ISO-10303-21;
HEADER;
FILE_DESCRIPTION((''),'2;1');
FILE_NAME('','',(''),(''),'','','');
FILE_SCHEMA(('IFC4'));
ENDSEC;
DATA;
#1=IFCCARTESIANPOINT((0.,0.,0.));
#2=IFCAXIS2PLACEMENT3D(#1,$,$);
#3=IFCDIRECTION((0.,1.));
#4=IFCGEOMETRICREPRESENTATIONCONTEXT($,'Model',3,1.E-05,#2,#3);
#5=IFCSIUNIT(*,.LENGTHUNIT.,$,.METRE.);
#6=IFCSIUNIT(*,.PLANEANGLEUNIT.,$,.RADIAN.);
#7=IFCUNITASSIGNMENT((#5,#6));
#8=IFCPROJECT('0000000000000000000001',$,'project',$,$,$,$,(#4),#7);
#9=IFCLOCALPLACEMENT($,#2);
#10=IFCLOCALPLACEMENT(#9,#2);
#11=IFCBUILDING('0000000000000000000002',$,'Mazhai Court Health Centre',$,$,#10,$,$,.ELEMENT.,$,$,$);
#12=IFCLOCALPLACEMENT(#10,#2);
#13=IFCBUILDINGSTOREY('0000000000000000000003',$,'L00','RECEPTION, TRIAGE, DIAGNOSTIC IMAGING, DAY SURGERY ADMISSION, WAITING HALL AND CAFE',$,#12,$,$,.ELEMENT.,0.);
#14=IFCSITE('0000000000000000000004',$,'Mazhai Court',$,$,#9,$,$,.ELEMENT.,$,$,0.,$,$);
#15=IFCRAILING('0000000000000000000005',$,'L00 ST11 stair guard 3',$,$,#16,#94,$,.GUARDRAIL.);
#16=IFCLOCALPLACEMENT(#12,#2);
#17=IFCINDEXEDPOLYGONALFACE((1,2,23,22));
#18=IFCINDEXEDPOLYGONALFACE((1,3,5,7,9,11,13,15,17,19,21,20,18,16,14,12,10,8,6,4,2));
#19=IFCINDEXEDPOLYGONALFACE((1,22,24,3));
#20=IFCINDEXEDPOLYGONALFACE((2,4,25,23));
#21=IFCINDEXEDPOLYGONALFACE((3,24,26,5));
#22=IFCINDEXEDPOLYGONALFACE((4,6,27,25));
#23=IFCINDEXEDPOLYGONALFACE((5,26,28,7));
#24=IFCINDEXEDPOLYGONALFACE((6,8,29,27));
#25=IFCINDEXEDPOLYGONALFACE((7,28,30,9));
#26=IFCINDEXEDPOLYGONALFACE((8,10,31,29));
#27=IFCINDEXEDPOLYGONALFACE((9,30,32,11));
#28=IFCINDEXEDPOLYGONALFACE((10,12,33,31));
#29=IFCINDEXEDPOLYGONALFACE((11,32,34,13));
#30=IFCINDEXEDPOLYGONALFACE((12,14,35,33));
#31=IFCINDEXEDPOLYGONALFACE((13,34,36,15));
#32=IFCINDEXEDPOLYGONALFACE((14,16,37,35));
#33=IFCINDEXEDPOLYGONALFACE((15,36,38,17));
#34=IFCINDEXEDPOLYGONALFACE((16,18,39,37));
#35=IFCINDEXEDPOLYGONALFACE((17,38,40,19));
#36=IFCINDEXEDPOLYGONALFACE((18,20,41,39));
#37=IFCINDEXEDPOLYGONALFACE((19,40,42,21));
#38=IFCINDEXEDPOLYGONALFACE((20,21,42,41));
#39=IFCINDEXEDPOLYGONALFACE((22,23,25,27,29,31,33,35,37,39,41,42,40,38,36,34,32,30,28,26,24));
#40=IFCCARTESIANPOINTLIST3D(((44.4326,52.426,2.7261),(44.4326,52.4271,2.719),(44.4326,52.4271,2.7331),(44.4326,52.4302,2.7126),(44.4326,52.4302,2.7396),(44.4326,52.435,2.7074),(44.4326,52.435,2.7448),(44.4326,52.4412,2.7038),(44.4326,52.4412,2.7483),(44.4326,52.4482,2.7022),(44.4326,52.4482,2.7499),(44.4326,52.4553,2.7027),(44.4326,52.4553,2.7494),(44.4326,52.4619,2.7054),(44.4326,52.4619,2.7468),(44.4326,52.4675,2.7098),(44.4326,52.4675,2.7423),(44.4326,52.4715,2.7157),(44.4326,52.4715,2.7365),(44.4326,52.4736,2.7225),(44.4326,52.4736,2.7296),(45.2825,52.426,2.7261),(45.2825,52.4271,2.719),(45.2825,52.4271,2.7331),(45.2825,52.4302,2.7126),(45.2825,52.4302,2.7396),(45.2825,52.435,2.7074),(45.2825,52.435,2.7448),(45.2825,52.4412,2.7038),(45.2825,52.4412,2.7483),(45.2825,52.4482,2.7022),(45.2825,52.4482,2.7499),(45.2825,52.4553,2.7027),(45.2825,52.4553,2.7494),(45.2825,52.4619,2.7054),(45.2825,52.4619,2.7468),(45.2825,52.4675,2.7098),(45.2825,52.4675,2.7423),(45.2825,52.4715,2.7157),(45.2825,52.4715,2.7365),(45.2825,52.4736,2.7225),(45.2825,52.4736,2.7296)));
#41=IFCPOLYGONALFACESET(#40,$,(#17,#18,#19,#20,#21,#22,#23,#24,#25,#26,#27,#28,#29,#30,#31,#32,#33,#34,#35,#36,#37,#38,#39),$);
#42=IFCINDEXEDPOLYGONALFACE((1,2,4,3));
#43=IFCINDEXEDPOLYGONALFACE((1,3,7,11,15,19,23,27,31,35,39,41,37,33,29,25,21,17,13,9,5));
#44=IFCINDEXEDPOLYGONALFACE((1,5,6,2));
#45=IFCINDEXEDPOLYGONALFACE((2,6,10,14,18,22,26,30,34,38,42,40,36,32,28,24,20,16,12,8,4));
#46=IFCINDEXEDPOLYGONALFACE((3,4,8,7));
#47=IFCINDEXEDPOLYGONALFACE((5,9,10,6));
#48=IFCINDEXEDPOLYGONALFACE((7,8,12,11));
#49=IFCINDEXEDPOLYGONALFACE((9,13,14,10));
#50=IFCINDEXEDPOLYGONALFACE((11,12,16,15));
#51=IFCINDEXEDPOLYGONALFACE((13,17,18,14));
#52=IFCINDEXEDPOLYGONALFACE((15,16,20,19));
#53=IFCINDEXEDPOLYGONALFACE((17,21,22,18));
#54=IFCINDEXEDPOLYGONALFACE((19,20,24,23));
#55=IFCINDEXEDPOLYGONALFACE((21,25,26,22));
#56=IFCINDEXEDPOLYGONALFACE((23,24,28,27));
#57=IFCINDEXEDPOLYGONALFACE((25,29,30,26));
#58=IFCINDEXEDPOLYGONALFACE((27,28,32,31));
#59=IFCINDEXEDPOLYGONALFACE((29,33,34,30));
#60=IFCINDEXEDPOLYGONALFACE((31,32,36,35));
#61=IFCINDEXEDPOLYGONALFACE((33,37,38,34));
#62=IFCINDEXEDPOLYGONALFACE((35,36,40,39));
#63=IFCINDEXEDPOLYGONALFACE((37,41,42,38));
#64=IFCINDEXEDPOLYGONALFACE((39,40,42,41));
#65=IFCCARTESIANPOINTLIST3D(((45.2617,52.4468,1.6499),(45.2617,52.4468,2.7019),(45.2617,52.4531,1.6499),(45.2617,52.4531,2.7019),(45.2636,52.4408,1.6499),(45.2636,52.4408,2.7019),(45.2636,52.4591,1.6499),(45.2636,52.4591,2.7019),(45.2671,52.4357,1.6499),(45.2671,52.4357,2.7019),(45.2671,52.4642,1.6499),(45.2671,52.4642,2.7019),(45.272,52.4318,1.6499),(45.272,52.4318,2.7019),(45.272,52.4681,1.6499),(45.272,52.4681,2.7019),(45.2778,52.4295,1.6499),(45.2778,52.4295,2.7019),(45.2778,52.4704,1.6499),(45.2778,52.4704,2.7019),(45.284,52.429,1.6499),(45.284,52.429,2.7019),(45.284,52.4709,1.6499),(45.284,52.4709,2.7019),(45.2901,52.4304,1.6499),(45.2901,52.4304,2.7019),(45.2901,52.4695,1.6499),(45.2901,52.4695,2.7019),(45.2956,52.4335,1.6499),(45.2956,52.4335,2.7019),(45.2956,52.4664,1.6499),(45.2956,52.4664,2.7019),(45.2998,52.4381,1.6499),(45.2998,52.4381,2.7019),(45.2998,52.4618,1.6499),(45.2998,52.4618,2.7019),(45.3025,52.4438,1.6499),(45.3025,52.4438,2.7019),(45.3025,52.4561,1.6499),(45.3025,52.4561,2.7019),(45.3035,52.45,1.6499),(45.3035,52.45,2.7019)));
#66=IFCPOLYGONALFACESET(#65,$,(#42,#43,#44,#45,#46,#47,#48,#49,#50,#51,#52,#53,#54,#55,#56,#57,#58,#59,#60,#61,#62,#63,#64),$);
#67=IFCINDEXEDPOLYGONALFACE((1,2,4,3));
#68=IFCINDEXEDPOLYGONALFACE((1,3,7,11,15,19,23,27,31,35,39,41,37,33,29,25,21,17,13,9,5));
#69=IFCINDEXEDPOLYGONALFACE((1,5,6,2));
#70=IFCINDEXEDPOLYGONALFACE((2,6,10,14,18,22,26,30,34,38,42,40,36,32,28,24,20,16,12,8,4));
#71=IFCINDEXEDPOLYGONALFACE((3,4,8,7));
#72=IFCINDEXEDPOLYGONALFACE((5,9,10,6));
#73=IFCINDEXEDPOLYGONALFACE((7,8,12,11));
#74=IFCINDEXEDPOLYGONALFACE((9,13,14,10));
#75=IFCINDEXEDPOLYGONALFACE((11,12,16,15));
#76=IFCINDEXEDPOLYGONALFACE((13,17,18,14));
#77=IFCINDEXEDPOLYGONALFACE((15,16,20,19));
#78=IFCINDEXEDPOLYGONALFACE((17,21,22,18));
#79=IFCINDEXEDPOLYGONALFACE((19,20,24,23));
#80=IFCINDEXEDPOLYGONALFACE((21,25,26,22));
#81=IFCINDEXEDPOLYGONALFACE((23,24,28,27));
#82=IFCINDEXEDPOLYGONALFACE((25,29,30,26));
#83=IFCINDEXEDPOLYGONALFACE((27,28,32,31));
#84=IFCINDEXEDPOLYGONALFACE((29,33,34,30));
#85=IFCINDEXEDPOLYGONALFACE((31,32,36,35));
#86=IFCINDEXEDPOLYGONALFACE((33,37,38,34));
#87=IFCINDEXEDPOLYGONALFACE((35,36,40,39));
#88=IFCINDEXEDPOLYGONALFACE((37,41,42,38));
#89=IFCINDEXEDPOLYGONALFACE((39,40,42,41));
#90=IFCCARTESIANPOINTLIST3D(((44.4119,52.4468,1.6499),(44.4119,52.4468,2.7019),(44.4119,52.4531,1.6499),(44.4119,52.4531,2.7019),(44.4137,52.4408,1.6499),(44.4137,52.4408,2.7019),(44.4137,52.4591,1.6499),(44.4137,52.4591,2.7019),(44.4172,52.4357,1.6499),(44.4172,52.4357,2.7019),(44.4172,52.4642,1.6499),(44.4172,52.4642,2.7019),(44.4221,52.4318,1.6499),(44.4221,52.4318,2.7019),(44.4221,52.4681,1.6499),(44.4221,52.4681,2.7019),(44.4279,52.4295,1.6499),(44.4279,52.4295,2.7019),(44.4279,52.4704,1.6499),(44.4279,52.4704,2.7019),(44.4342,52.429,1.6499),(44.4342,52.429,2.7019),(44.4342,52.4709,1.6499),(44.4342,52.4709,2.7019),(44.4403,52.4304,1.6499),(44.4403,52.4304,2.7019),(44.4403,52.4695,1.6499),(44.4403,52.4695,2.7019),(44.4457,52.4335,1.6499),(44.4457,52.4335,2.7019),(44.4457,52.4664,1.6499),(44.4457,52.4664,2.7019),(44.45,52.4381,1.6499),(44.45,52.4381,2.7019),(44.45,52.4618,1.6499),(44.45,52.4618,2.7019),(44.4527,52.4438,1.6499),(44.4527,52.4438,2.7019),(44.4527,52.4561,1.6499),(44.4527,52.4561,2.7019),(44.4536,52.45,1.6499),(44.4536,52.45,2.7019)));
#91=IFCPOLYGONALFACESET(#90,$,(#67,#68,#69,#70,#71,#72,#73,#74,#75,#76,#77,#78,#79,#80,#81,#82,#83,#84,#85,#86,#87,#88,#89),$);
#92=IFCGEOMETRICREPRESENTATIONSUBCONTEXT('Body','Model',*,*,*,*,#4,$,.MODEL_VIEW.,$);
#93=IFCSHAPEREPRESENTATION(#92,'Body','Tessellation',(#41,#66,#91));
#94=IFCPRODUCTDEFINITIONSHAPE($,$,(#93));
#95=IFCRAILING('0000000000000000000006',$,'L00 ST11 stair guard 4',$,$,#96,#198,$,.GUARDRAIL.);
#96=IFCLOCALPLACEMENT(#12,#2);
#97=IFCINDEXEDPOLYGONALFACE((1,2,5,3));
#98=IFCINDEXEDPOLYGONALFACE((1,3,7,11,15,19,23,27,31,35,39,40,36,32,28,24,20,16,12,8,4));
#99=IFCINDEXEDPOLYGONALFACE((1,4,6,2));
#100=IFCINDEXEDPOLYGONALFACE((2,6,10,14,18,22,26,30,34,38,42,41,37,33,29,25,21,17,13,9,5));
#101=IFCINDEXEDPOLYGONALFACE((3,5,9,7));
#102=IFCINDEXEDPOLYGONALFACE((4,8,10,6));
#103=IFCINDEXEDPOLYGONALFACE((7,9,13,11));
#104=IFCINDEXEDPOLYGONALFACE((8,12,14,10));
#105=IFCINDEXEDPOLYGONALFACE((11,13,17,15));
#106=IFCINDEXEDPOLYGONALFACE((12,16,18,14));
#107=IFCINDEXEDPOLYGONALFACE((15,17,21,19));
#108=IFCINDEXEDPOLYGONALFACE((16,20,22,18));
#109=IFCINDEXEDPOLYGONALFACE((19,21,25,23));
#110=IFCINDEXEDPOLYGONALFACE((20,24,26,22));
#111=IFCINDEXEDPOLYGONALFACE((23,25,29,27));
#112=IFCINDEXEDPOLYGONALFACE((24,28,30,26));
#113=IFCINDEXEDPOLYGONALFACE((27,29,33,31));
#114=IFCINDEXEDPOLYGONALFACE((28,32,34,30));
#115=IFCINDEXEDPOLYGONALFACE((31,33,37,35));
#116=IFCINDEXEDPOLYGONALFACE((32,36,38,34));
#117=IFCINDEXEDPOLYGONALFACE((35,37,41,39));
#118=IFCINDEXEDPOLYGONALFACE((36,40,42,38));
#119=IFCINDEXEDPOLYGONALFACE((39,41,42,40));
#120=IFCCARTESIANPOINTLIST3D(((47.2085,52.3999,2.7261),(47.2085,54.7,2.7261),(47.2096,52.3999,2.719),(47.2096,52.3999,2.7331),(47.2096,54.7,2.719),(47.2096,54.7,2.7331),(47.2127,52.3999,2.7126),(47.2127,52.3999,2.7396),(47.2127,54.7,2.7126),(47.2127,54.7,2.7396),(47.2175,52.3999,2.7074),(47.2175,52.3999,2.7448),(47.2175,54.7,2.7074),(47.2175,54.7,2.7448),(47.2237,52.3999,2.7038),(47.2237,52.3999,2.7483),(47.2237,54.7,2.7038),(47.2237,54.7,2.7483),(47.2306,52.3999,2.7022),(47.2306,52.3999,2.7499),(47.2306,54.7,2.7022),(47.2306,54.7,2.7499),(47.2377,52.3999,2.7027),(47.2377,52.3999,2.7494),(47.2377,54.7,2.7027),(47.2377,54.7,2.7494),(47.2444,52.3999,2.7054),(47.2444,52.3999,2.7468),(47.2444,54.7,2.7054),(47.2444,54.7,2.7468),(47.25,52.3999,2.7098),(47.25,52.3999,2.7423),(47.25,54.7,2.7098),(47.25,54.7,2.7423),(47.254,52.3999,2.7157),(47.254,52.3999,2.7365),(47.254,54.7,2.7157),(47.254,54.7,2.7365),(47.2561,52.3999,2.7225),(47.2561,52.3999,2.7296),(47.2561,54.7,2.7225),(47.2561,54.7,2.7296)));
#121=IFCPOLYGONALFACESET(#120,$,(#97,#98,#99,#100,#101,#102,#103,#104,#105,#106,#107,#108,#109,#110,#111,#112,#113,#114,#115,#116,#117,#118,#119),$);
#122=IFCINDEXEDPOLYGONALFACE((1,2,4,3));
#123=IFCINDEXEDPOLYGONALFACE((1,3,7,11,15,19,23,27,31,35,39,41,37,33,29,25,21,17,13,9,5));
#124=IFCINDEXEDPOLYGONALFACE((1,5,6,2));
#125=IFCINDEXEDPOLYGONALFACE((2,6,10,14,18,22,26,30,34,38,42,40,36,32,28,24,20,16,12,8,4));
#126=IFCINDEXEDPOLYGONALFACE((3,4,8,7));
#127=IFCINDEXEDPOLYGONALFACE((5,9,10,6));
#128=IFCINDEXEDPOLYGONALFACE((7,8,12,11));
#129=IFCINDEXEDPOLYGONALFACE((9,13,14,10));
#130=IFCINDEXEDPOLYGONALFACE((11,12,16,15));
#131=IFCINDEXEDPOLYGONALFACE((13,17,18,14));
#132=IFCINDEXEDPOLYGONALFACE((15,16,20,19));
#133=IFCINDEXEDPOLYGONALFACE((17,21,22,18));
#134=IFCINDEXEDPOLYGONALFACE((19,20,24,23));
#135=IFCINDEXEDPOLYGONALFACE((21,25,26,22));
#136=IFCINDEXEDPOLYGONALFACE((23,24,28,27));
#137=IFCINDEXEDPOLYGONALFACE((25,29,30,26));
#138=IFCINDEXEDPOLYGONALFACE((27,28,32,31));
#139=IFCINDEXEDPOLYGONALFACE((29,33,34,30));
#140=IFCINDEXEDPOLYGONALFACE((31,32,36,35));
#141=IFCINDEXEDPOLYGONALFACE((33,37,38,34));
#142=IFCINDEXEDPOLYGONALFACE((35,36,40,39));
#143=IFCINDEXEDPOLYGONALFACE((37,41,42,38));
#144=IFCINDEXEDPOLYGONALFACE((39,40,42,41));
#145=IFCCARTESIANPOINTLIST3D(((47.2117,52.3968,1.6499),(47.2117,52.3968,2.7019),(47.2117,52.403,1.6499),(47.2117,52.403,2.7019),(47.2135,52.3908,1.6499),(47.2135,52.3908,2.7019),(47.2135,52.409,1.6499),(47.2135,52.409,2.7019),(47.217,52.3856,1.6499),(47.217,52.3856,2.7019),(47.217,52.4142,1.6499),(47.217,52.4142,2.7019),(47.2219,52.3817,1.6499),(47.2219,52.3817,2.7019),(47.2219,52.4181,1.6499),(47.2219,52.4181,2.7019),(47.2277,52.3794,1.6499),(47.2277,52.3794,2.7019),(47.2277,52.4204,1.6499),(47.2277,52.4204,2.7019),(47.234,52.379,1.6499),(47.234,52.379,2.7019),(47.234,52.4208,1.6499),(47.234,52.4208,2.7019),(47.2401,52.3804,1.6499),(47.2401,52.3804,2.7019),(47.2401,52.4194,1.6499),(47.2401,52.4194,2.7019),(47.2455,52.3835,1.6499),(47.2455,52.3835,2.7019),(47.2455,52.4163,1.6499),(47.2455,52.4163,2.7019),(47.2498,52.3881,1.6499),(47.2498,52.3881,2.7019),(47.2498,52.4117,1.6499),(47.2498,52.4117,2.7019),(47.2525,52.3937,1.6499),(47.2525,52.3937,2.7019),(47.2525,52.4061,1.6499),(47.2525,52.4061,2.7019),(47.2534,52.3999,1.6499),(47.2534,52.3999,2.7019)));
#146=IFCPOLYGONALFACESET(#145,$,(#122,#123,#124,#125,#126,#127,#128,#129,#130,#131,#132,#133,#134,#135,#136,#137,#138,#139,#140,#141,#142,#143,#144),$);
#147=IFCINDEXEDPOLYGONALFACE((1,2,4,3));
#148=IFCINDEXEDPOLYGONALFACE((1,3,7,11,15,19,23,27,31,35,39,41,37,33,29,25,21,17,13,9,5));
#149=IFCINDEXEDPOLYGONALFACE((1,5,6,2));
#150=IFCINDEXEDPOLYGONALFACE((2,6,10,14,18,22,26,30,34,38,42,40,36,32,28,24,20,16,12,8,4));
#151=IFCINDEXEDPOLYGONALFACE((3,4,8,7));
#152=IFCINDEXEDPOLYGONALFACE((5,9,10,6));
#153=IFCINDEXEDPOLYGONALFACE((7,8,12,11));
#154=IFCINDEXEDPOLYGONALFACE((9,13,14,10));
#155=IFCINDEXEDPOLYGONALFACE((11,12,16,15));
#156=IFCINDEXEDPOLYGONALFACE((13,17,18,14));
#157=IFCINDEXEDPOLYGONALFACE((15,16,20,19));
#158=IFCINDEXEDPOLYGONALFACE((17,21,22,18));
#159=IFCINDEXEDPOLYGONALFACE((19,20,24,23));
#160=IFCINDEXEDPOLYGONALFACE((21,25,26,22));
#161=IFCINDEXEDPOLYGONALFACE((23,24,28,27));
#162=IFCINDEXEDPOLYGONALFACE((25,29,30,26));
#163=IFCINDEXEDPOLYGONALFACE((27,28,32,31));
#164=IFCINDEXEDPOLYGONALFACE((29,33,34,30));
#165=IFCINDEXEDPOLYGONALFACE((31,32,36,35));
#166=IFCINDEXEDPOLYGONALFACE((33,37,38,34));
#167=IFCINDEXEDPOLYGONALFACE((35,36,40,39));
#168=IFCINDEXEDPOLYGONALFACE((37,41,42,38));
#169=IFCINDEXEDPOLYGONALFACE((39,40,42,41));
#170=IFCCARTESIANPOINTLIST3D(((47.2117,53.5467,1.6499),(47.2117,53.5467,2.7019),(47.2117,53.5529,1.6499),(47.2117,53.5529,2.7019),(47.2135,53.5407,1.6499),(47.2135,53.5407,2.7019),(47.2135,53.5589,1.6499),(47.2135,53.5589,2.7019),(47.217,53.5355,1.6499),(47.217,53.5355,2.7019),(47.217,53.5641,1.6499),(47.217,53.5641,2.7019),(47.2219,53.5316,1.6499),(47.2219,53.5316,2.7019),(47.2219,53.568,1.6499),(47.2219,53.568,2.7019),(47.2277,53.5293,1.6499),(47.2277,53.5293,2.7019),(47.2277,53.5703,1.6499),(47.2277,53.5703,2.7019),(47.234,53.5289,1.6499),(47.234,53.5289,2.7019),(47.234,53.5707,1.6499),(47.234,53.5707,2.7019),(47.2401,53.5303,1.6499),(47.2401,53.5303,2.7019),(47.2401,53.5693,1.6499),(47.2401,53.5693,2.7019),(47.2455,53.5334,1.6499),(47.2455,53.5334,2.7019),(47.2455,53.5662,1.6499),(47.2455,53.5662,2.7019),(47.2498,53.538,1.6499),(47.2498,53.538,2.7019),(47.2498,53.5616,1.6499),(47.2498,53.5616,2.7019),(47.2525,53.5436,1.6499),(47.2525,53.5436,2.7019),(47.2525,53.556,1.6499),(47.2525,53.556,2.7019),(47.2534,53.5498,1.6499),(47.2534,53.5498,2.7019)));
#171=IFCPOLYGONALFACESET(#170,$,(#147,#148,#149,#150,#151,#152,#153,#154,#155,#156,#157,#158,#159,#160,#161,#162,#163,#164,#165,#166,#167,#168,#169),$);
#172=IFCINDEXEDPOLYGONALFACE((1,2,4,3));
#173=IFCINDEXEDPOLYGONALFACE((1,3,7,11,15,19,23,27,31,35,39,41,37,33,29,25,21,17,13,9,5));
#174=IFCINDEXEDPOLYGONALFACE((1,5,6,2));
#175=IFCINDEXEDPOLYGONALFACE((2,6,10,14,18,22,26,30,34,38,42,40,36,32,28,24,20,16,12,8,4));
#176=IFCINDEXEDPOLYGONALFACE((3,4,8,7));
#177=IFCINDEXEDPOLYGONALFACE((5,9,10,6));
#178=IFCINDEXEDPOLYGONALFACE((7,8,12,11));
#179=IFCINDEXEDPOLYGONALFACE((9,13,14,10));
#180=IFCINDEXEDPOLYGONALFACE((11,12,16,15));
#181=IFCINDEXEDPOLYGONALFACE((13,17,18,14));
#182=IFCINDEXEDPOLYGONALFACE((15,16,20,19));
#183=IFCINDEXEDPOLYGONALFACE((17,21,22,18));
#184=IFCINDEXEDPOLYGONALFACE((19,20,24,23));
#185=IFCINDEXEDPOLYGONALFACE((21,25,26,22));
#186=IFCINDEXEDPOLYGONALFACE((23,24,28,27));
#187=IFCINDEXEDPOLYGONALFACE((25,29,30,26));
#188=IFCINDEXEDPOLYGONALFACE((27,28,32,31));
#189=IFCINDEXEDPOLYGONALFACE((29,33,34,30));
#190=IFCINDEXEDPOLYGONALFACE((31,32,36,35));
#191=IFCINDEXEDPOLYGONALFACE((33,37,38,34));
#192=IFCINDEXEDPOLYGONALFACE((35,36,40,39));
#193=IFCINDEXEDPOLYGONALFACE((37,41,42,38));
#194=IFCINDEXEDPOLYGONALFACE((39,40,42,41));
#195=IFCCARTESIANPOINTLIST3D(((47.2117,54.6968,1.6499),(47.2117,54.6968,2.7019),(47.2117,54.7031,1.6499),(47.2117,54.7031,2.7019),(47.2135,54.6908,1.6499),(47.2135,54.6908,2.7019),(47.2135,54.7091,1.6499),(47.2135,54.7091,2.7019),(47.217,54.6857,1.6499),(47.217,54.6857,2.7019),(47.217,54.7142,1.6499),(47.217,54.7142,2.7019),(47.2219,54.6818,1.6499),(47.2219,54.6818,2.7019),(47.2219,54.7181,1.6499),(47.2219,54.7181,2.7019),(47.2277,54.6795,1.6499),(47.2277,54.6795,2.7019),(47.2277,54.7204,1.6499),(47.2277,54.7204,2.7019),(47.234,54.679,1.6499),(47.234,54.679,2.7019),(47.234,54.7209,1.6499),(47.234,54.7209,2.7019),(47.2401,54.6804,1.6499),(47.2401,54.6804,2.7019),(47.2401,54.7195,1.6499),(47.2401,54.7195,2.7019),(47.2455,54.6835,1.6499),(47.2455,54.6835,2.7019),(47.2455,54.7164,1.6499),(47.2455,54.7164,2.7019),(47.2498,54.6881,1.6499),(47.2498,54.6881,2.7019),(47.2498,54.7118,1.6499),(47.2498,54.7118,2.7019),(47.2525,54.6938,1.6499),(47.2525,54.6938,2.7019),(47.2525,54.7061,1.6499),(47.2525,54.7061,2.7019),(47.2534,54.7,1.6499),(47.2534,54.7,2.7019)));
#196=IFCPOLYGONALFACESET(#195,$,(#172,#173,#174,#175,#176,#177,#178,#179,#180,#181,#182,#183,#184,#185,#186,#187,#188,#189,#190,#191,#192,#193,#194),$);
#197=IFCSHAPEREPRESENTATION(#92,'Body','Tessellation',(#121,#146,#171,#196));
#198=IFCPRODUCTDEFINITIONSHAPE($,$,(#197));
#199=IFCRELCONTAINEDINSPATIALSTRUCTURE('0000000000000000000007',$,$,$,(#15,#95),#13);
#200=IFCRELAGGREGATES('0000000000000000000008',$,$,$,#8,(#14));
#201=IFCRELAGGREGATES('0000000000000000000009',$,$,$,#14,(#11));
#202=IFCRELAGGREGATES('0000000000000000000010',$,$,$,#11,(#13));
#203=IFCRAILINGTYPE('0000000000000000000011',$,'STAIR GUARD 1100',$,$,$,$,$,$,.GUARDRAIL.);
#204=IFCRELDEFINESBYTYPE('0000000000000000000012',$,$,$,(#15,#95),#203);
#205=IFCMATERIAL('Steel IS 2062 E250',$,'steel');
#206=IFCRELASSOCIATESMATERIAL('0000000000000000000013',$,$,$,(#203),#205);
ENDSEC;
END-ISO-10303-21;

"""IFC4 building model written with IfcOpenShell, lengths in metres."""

from ifc_helpers import new_model, si_unit, direction, frame, origin, origin_2d, place, context, subcontext, project, spatial, circle, extrude, material, type_object, element, save


model = new_model("IFC4")

# Units and contexts
model_context = context("Model", 3, precision=1e-05, world=origin(), true_north=direction((0.0, 1.0)))
body_context = subcontext(model_context, "Body", "Model", "MODEL_VIEW")
ifc_project = project(units=[si_unit("LENGTHUNIT", "METRE"), si_unit("PLANEANGLEUNIT", "RADIAN")], contexts=[model_context])

# Site, building, storey
site_placement = place(None, origin())
site = spatial("IfcSite", under=ifc_project, at=site_placement, Name="Mazhai Court", CompositionType="ELEMENT", RefElevation=0.0)
building_placement = place(site_placement, origin())
building = spatial("IfcBuilding", under=site, at=building_placement, Name="Mazhai Court Health Centre", CompositionType="ELEMENT")
storey_placement = place(building_placement, origin())
storey = spatial("IfcBuildingStorey", under=building, at=storey_placement, Name="L00", Description="RECEPTION, TRIAGE, DIAGNOSTIC IMAGING, DAY SURGERY ADMISSION, WAITING HALL AND CAFE", CompositionType="ELEMENT", Elevation=0.0)

# Railings
ifc_material_1 = material(Name="Steel IS 2062 E250", Category="steel")
railing_type_1 = type_object("IfcRailingType", Name="STAIR GUARD 1100", PredefinedType="GUARDRAIL", material=ifc_material_1)
railing_1_placement = place(storey_placement, frame((45.2825, 52.45, 1.6499)))
element("IfcRailing", 1, at=railing_1_placement, inside=storey, type_object=railing_type_1, Name="L00 ST11 stair guard 3", PredefinedType="GUARDRAIL", context=body_context, shape_type="SweptSolid", body=[
    extrude(circle(Radius=0.0239, at=origin_2d()), frame((0.0, 0.0, 1.0762), z_axis=(-1.0, 0.0, 0.0), x_axis=(0.0, -1.0, 0.0)), (0.0, 0.0, 1.0), 0.8499),
    extrude(circle(Radius=0.021, at=origin_2d()), origin(), (0.0, 0.0, 1.0), 1.052),
    extrude(circle(Radius=0.021, at=origin_2d()), frame((-0.8499, 0.0, 0.0)), (0.0, 0.0, 1.0), 1.052),
])
railing_2_placement = place(storey_placement, frame((47.2324, 52.3999, 1.6499)))
element("IfcRailing", 2, at=railing_2_placement, inside=storey, type_object=railing_type_1, Name="L00 ST11 stair guard 4", PredefinedType="GUARDRAIL", context=body_context, shape_type="SweptSolid", body=[
    extrude(circle(Radius=0.0239, at=origin_2d()), frame((0.0, 0.0, 1.0762), z_axis=(0.0, 1.0, 0.0), x_axis=(-1.0, 0.0, 0.0)), (0.0, 0.0, 1.0), 2.3),
    extrude(circle(Radius=0.021, at=origin_2d()), origin(), (0.0, 0.0, 1.0), 1.052),
    extrude(circle(Radius=0.021, at=origin_2d()), frame((0.0, 1.1499, 0.0)), (0.0, 0.0, 1.0), 1.052),
    extrude(circle(Radius=0.021, at=origin_2d()), frame((0.0, 2.3, 0.0)), (0.0, 0.0, 1.0), 1.052),
])

save(model, "model.ifc")
